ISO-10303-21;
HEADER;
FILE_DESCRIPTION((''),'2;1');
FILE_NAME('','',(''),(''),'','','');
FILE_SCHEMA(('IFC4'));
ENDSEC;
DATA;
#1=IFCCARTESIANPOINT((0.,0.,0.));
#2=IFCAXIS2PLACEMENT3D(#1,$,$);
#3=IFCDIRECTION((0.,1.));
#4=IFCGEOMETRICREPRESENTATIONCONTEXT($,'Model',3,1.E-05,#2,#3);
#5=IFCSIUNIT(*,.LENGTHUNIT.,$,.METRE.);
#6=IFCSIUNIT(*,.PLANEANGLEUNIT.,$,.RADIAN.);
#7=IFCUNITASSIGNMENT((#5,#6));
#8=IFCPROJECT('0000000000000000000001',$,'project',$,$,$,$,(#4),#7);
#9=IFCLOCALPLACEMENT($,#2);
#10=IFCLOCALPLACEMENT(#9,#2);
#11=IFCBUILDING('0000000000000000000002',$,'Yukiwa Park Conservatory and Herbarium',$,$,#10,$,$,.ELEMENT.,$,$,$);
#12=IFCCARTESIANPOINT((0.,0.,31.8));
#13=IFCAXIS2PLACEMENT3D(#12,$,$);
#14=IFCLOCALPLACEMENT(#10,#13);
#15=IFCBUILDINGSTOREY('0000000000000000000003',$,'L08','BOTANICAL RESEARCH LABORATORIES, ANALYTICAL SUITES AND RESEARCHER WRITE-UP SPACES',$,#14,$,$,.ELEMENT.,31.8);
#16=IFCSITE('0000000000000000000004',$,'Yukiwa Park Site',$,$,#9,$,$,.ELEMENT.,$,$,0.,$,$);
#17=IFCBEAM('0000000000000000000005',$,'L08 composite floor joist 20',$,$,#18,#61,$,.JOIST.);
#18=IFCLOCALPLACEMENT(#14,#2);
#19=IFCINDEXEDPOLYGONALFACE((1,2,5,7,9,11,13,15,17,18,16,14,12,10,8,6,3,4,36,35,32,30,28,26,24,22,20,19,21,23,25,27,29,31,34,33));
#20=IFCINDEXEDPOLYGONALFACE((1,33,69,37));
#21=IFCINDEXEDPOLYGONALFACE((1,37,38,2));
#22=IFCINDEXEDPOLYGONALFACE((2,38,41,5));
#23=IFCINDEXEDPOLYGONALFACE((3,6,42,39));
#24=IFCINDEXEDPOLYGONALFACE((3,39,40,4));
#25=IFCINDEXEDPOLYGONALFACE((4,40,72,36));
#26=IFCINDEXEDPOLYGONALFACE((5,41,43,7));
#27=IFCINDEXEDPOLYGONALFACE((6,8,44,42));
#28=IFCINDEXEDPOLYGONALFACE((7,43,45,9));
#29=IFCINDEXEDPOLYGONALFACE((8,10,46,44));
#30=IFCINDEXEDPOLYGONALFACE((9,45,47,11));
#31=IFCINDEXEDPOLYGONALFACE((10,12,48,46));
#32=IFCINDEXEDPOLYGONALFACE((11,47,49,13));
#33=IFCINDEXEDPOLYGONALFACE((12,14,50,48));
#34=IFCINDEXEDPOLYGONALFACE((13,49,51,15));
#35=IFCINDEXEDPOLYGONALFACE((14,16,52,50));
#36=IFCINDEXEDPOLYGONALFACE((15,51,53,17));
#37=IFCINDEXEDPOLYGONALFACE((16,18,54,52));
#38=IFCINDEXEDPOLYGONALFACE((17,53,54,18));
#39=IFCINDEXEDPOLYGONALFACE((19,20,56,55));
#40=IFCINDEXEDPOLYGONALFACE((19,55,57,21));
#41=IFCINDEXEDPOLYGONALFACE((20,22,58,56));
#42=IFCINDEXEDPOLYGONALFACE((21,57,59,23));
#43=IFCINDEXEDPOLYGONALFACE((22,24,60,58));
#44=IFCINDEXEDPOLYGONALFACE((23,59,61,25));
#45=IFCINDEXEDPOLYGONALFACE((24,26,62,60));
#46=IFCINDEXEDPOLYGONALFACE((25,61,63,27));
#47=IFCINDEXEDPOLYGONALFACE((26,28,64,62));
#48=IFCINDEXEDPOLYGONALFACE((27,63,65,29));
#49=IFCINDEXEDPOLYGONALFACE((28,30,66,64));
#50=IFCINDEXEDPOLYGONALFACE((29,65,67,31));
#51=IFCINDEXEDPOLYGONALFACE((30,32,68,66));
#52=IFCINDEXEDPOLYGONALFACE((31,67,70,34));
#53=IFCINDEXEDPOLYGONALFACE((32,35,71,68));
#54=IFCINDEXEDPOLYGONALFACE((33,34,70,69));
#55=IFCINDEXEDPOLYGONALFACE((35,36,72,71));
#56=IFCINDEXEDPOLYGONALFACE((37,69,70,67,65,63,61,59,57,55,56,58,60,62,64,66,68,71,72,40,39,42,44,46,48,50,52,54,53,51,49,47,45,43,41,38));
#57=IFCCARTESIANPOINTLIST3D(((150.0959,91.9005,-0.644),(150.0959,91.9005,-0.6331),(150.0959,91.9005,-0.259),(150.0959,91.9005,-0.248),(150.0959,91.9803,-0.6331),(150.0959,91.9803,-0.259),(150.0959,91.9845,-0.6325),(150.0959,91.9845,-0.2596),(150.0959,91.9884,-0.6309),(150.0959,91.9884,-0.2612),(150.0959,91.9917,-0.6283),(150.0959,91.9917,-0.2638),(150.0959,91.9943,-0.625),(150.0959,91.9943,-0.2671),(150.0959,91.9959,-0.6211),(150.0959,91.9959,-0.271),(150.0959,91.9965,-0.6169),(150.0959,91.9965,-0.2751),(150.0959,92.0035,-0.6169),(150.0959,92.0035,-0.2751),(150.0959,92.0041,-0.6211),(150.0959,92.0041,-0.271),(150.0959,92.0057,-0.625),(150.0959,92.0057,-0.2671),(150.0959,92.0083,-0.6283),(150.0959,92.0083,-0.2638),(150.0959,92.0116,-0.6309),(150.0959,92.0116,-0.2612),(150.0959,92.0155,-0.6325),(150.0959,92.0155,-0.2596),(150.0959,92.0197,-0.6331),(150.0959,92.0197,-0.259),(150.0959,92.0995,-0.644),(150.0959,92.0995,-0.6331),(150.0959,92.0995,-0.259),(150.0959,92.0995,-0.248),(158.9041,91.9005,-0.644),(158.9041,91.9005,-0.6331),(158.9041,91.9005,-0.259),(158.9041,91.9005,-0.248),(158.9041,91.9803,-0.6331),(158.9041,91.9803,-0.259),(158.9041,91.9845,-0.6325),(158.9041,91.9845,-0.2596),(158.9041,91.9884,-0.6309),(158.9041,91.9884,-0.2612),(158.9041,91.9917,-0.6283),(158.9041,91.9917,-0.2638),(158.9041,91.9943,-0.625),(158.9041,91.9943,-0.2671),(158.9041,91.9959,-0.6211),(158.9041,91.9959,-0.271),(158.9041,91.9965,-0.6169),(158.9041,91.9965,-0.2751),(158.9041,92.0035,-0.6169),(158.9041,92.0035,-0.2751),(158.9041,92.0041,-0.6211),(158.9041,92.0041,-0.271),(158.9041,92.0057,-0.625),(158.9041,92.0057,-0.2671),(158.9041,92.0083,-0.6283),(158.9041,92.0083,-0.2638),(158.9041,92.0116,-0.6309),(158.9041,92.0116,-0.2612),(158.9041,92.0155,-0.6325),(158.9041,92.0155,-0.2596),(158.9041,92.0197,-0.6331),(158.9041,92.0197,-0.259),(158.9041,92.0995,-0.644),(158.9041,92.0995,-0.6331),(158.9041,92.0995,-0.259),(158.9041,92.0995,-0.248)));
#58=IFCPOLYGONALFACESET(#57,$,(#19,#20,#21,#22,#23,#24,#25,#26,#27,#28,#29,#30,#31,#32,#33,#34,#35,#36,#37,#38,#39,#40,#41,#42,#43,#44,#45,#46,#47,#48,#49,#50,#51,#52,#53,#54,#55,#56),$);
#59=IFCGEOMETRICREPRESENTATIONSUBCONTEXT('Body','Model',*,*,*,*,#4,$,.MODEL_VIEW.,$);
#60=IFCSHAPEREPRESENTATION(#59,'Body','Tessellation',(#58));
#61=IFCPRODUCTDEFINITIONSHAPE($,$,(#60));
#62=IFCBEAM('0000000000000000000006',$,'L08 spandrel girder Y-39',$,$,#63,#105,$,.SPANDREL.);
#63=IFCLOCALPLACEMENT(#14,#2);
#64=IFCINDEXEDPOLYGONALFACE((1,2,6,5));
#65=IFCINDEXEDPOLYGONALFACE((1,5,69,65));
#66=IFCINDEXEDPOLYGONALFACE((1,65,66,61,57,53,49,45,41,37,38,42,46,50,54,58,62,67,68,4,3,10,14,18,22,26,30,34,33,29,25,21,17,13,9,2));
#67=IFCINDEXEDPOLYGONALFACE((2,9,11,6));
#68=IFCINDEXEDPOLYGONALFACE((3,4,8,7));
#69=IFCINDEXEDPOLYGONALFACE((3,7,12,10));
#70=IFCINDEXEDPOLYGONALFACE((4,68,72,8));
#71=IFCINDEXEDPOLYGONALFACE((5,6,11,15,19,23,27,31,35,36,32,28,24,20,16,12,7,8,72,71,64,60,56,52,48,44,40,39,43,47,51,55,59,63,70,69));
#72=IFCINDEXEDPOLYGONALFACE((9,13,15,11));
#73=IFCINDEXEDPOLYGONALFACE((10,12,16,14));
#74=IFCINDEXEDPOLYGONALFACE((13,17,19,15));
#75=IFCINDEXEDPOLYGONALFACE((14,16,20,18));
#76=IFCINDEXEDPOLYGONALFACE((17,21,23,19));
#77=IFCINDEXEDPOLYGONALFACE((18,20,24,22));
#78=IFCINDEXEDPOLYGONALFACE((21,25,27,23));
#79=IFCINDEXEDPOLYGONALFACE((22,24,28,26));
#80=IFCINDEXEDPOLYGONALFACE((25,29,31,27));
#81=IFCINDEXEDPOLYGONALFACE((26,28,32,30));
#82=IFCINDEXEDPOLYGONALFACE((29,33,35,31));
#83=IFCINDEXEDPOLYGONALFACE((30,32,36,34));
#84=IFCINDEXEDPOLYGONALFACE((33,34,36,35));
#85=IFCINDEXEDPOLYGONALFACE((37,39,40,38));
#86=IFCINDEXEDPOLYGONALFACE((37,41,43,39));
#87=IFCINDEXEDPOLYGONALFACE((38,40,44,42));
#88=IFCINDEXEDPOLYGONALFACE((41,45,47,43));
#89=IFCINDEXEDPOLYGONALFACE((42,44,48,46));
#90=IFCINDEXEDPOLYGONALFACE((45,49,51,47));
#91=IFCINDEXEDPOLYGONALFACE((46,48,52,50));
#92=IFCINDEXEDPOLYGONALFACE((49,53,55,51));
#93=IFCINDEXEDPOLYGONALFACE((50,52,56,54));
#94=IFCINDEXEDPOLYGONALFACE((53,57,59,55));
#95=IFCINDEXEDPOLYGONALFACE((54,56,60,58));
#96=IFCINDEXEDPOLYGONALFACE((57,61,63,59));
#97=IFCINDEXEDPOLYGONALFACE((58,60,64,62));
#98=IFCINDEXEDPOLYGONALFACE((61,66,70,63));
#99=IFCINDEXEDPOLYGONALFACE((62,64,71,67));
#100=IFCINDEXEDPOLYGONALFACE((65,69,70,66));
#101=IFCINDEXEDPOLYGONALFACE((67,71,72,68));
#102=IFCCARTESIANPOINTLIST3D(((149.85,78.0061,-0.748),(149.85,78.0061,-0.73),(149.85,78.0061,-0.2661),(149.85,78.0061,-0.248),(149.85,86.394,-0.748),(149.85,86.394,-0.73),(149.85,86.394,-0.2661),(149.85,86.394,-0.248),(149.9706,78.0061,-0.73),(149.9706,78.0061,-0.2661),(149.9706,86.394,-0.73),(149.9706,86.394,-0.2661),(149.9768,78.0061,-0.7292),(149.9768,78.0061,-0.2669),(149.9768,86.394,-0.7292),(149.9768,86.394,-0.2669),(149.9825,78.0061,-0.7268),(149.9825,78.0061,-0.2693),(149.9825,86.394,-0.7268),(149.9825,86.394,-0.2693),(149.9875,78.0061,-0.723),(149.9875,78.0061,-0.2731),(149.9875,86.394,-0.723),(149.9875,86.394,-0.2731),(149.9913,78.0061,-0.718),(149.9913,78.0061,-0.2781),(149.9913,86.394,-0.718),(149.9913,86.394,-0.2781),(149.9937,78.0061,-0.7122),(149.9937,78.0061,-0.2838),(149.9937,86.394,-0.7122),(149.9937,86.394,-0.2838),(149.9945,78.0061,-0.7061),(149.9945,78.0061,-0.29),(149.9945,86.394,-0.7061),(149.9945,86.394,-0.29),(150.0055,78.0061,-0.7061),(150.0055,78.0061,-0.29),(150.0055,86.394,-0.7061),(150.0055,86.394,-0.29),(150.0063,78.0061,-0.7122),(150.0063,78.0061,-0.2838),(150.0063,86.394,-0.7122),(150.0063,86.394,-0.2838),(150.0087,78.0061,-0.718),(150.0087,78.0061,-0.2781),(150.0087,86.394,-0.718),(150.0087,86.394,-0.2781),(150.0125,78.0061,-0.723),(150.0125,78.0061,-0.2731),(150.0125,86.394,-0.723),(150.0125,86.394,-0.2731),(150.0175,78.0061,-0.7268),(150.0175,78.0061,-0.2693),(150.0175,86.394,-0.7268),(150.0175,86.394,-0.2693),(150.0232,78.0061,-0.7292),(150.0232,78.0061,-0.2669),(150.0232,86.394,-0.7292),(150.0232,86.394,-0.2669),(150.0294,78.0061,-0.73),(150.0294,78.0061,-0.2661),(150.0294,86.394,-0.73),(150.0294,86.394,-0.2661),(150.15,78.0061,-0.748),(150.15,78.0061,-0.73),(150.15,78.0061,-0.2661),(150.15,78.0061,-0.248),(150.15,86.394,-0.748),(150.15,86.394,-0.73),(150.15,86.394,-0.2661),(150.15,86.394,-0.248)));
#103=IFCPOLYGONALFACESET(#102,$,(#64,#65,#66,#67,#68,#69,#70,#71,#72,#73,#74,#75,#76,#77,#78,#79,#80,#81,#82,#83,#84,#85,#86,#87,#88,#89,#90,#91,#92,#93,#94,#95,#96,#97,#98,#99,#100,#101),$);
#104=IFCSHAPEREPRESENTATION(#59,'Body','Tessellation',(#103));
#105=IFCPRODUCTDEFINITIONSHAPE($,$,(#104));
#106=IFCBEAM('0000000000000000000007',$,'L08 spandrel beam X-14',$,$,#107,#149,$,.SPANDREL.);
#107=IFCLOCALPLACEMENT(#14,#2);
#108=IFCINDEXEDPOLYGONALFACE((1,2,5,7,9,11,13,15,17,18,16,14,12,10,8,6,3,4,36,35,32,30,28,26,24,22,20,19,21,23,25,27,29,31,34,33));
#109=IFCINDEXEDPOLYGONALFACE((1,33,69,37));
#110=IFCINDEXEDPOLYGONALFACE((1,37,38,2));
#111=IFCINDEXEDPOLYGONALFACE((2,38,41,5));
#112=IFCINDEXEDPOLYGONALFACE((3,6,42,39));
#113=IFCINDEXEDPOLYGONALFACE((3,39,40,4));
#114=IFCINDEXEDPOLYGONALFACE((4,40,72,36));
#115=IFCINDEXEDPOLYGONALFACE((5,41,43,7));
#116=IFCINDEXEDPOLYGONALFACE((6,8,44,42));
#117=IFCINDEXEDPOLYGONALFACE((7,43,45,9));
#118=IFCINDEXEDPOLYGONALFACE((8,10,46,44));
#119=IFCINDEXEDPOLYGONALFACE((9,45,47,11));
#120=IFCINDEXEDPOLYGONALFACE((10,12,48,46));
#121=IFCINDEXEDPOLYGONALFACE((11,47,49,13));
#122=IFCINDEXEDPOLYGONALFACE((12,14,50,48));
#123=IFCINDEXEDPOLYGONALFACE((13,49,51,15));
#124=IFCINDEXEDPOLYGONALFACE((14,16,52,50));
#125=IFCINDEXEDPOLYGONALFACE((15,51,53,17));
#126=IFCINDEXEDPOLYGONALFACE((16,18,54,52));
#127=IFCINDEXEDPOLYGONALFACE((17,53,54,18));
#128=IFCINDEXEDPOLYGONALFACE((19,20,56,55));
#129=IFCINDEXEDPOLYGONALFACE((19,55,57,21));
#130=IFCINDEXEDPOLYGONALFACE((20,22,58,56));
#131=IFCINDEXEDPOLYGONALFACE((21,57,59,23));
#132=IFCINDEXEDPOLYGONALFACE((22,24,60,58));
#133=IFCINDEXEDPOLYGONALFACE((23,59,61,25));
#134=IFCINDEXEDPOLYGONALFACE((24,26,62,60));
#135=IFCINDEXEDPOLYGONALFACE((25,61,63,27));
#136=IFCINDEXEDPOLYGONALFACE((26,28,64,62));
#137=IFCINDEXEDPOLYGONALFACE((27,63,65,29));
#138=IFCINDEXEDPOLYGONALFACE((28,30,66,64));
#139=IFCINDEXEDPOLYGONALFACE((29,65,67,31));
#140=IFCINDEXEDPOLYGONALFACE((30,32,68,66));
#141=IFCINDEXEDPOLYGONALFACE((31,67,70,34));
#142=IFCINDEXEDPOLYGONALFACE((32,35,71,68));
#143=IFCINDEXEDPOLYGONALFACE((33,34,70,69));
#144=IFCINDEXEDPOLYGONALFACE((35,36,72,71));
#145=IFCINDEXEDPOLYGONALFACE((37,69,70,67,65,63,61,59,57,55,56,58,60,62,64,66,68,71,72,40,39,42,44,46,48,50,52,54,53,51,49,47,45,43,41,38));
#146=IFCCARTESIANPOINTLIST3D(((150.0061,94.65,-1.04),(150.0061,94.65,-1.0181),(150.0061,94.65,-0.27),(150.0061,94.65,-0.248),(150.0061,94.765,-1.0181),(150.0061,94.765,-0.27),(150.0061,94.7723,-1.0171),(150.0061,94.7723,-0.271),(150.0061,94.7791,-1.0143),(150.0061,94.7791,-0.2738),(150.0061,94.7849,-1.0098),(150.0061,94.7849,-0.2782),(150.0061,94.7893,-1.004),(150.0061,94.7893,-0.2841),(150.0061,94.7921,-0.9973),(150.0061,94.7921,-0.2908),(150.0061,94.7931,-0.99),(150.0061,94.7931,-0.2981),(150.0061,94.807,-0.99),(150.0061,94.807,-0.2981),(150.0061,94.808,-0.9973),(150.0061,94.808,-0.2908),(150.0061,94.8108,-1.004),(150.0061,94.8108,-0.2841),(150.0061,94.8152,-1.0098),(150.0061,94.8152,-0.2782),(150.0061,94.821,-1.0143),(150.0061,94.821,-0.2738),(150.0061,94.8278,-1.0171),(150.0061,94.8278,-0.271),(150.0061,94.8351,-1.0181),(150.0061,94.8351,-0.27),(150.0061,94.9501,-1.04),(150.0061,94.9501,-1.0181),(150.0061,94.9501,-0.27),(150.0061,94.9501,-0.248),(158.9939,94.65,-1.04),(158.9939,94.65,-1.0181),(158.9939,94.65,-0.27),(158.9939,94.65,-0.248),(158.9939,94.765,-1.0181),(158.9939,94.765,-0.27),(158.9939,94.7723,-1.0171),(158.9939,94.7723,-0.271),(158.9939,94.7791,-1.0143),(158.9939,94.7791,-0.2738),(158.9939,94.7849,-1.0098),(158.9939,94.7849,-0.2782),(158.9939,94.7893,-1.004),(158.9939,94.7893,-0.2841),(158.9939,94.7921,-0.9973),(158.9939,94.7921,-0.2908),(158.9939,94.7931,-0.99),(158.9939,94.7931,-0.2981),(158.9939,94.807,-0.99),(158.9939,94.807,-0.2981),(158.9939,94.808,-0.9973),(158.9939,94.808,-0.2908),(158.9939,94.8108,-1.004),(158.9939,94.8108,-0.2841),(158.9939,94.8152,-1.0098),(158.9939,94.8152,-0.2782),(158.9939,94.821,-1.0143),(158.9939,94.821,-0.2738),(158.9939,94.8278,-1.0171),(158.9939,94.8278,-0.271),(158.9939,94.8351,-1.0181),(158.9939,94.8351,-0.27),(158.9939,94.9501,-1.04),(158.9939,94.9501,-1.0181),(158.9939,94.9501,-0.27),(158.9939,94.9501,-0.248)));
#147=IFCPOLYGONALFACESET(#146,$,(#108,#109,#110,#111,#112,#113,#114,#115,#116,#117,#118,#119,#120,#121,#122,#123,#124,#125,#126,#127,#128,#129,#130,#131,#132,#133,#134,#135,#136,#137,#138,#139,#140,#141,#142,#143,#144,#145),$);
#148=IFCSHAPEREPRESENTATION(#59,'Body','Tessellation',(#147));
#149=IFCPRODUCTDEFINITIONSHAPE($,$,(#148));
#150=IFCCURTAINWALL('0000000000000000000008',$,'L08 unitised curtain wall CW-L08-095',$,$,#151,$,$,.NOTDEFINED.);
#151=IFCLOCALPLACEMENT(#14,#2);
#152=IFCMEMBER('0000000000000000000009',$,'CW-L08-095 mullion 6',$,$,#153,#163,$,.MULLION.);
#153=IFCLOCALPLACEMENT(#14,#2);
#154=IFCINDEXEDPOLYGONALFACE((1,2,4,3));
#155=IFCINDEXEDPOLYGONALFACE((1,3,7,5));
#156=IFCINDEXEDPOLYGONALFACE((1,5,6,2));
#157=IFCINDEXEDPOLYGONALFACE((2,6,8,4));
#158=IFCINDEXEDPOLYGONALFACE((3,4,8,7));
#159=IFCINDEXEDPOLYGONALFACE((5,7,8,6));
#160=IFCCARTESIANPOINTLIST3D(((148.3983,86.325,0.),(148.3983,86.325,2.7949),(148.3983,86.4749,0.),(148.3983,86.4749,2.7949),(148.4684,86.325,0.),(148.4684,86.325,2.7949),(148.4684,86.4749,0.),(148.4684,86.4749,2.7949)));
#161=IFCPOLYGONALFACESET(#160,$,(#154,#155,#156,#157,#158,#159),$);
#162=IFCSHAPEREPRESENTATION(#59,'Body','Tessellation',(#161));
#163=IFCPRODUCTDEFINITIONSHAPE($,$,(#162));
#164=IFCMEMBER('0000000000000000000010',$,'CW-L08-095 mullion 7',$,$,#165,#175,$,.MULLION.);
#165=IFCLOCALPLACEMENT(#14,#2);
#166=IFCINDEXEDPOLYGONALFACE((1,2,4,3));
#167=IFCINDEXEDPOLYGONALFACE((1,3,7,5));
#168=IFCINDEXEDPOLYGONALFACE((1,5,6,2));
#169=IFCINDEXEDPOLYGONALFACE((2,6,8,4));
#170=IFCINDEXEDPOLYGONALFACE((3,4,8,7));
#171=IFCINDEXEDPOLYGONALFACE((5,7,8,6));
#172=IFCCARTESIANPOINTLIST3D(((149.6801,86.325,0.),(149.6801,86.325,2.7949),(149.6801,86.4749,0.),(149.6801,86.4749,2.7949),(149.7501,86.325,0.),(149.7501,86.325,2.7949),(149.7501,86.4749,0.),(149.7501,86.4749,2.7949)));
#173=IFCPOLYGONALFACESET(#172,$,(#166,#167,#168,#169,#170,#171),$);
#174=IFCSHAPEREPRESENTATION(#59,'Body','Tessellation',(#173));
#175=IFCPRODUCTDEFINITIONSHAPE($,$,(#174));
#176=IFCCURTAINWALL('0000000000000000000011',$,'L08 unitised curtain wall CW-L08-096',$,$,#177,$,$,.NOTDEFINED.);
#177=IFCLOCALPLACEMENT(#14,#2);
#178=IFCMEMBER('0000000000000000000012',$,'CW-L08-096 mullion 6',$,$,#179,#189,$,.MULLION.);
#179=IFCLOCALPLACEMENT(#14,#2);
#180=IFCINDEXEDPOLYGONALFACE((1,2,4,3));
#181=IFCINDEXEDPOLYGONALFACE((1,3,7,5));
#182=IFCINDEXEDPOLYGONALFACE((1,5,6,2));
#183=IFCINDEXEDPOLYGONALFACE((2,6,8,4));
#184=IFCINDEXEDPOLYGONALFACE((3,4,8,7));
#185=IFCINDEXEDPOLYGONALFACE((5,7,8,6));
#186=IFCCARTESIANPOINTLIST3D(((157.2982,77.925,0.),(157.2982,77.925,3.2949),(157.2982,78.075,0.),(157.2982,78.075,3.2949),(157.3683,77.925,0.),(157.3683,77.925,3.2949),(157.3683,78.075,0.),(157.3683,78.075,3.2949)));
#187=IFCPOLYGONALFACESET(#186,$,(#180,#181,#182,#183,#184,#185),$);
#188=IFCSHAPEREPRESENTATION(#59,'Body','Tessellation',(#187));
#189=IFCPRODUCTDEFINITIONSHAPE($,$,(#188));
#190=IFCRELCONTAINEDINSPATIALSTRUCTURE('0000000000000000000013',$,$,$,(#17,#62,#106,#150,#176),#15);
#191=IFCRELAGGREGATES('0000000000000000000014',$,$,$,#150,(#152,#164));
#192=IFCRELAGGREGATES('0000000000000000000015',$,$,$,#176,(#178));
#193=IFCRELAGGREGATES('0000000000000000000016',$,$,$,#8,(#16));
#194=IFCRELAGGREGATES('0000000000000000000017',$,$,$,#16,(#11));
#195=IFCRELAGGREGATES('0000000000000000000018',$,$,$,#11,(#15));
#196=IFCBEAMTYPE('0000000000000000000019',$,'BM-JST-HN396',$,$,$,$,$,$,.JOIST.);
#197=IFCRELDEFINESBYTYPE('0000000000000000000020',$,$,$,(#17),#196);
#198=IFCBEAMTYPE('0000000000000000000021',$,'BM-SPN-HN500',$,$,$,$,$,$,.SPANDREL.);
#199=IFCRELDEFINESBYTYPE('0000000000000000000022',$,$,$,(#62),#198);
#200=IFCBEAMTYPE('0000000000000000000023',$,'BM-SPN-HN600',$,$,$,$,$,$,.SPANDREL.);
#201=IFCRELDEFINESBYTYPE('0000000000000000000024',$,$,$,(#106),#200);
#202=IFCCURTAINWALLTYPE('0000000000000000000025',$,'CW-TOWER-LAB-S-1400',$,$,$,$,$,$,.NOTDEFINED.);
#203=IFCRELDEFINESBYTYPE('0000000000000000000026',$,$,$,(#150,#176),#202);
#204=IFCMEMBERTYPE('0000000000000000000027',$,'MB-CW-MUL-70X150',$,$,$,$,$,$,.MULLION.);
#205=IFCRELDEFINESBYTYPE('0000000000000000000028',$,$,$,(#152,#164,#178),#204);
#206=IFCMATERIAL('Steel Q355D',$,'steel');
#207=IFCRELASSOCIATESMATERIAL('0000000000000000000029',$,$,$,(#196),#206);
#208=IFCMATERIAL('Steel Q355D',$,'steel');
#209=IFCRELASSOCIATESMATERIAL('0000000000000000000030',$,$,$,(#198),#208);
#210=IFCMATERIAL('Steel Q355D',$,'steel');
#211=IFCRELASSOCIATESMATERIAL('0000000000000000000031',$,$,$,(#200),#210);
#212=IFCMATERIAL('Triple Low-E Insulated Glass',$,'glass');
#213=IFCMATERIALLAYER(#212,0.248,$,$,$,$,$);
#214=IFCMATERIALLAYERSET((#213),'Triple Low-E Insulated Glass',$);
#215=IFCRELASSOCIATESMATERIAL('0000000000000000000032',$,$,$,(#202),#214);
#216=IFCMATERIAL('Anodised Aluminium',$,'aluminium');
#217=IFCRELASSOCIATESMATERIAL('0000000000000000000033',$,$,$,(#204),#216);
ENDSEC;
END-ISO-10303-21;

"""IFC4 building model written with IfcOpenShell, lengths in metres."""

from ifc_helpers import new_model, si_unit, direction, frame, origin, origin_2d, place, context, subcontext, project, spatial, rectangle, i_section, extrude, material, layer, layer_set, material_profile, profile_set, type_object, element, aggregate, save


model = new_model("IFC4")

# Units and contexts
model_context = context("Model", 3, precision=1e-05, world=origin(), true_north=direction((0.0, 1.0)))
body_context = subcontext(model_context, "Body", "Model", "MODEL_VIEW")
ifc_project = project(units=[si_unit("LENGTHUNIT", "METRE"), si_unit("PLANEANGLEUNIT", "RADIAN")], contexts=[model_context])

# Site, building, storey
site_placement = place(None, origin())
site = spatial("IfcSite", under=ifc_project, at=site_placement, Name="Yukiwa Park Site", CompositionType="ELEMENT", RefElevation=0.0)
building_placement = place(site_placement, origin())
building = spatial("IfcBuilding", under=site, at=building_placement, Name="Yukiwa Park Conservatory and Herbarium", CompositionType="ELEMENT")
storey_placement = place(building_placement, frame((0.0, 0.0, 31.8)))
storey = spatial("IfcBuildingStorey", under=building, at=storey_placement, Name="L08", Description="BOTANICAL RESEARCH LABORATORIES, ANALYTICAL SUITES AND RESEARCHER WRITE-UP SPACES", CompositionType="ELEMENT", Elevation=31.8)

# Beams
ifc_material_1 = material(Name="Steel Q355D", Category="steel")
ifc_material_profile_1 = material_profile(ifc_material_1, i_section(OverallWidth=0.199, OverallDepth=0.396, WebThickness=0.0071, FlangeThickness=0.011, FilletRadius=0.0161, at=origin_2d()), Name="HN 396x199x7x11")
ifc_profile_set_1 = profile_set([ifc_material_profile_1], Name="Steel Q355D")
beam_type_1 = type_object("IfcBeamType", Name="BM-JST-HN396", PredefinedType="JOIST", material=ifc_profile_set_1)
for number, where, z_axis, x_axis, name in (
    (1, (150.0959, 92.0, -0.446), (1.0, 0.0, 0.0), (0.0, 1.0, 0.0), "L08 composite floor joist 20"),
):
    element("IfcBeam", number, at=place(storey_placement, frame(where, z_axis=z_axis, x_axis=x_axis)), inside=storey, type_object=beam_type_1, Name=name, PredefinedType="JOIST", context=body_context, shape_type="SweptSolid", body=[
        extrude(i_section(OverallWidth=0.199, OverallDepth=0.396, WebThickness=0.0071, FlangeThickness=0.011, FilletRadius=0.0161, at=origin_2d()), origin(), (0.0, 0.0, 1.0), 8.8081),
    ])
ifc_material_2 = material(Name="Steel Q355D", Category="steel")
ifc_material_profile_2 = material_profile(ifc_material_2, i_section(OverallWidth=0.3, OverallDepth=0.5, WebThickness=0.011, FlangeThickness=0.0181, FilletRadius=0.0239, at=origin_2d()), Name="HM 500x300x11x18")
ifc_profile_set_2 = profile_set([ifc_material_profile_2], Name="Steel Q355D")
beam_type_2 = type_object("IfcBeamType", Name="BM-SPN-HN500", PredefinedType="SPANDREL", material=ifc_profile_set_2)
beam_1_placement = place(storey_placement, frame((150.0, 78.0061, -0.498), z_axis=(0.0, 1.0, 0.0), x_axis=(-1.0, 0.0, 0.0)))
element("IfcBeam", 2, at=beam_1_placement, inside=storey, type_object=beam_type_2, Name="L08 spandrel girder Y-39", PredefinedType="SPANDREL", context=body_context, shape_type="SweptSolid", body=[
    extrude(i_section(OverallWidth=0.3, OverallDepth=0.5, WebThickness=0.011, FlangeThickness=0.0181, FilletRadius=0.0239, at=origin_2d()), origin(), (0.0, 0.0, 1.0), 8.3879),
])
ifc_material_3 = material(Name="Steel Q355D", Category="steel")
ifc_material_profile_3 = material_profile(ifc_material_3, i_section(OverallWidth=0.3, OverallDepth=0.792, WebThickness=0.0139, FlangeThickness=0.022, FilletRadius=0.0281, at=origin_2d()), Name="HN 792x300x14x22")
ifc_profile_set_3 = profile_set([ifc_material_profile_3], Name="Steel Q355D")
beam_type_3 = type_object("IfcBeamType", Name="BM-SPN-HN600", PredefinedType="SPANDREL", material=ifc_profile_set_3)
beam_2_placement = place(storey_placement, frame((150.0061, 94.8, -0.644), z_axis=(1.0, 0.0, 0.0), x_axis=(0.0, 1.0, 0.0)))
element("IfcBeam", 3, at=beam_2_placement, inside=storey, type_object=beam_type_3, Name="L08 spandrel beam X-14", PredefinedType="SPANDREL", context=body_context, shape_type="SweptSolid", body=[
    extrude(i_section(OverallWidth=0.3, OverallDepth=0.792, WebThickness=0.0139, FlangeThickness=0.022, FilletRadius=0.0281, at=origin_2d()), origin(), (0.0, 0.0, 1.0), 8.9878),
])

# Curtain wall, members
ifc_material_4 = material(Name="Triple Low-E Insulated Glass", Category="glass")
ifc_layer_1 = layer(ifc_material_4, 0.248)
ifc_layer_set_1 = layer_set([ifc_layer_1], Name="Triple Low-E Insulated Glass")
curtain_wall_type = type_object("IfcCurtainWallType", Name="CW-TOWER-LAB-S-1400", PredefinedType="NOTDEFINED", material=ifc_layer_set_1)
curtain_wall_1_placement = place(storey_placement, origin())
curtain_wall_1 = element("IfcCurtainWall", 4, at=curtain_wall_1_placement, inside=storey, type_object=curtain_wall_type, Name="L08 unitised curtain wall CW-L08-095", PredefinedType="NOTDEFINED")
ifc_material_5 = material(Name="Anodised Aluminium", Category="aluminium")
member_type_1 = type_object("IfcMemberType", Name="MB-CW-MUL-70X150", PredefinedType="MULLION", material=ifc_material_5)
member_1_placement = place(storey_placement, frame((148.4333, 86.3999, 0.0), z_axis=(0.0, 0.0, 1.0), x_axis=(1.0, 0.0, 0.0)))
member_1 = element("IfcMember", 5, at=member_1_placement, type_object=member_type_1, Name="CW-L08-095 mullion 6", PredefinedType="MULLION", context=body_context, shape_type="SweptSolid", body=[
    extrude(rectangle(XDim=0.0701, YDim=0.1499, at=origin_2d()), origin(), (0.0, 0.0, 1.0), 2.7949),
])
member_2_placement = place(storey_placement, frame((149.7151, 86.3999, 0.0), z_axis=(0.0, 0.0, 1.0), x_axis=(1.0, 0.0, 0.0)))
member_2 = element("IfcMember", 6, at=member_2_placement, type_object=member_type_1, Name="CW-L08-095 mullion 7", PredefinedType="MULLION", context=body_context, shape_type="SweptSolid", body=[
    extrude(rectangle(XDim=0.0701, YDim=0.1499, at=origin_2d()), origin(), (0.0, 0.0, 1.0), 2.7949),
])

# Curtain wall, member
curtain_wall_2_placement = place(storey_placement, origin())
curtain_wall_2 = element("IfcCurtainWall", 7, at=curtain_wall_2_placement, inside=storey, type_object=curtain_wall_type, Name="L08 unitised curtain wall CW-L08-096", PredefinedType="NOTDEFINED")
member_3_placement = place(storey_placement, frame((157.3333, 78.0, 0.0), z_axis=(0.0, 0.0, 1.0), x_axis=(1.0, 0.0, 0.0)))
member_3 = element("IfcMember", 8, at=member_3_placement, type_object=member_type_1, Name="CW-L08-096 mullion 6", PredefinedType="MULLION", context=body_context, shape_type="SweptSolid", body=[
    extrude(rectangle(XDim=0.0701, YDim=0.1499, at=origin_2d()), origin(), (0.0, 0.0, 1.0), 3.2949),
])

aggregate(curtain_wall_1, [member_1, member_2])
aggregate(curtain_wall_2, [member_3])

save(model, "model.ifc")
